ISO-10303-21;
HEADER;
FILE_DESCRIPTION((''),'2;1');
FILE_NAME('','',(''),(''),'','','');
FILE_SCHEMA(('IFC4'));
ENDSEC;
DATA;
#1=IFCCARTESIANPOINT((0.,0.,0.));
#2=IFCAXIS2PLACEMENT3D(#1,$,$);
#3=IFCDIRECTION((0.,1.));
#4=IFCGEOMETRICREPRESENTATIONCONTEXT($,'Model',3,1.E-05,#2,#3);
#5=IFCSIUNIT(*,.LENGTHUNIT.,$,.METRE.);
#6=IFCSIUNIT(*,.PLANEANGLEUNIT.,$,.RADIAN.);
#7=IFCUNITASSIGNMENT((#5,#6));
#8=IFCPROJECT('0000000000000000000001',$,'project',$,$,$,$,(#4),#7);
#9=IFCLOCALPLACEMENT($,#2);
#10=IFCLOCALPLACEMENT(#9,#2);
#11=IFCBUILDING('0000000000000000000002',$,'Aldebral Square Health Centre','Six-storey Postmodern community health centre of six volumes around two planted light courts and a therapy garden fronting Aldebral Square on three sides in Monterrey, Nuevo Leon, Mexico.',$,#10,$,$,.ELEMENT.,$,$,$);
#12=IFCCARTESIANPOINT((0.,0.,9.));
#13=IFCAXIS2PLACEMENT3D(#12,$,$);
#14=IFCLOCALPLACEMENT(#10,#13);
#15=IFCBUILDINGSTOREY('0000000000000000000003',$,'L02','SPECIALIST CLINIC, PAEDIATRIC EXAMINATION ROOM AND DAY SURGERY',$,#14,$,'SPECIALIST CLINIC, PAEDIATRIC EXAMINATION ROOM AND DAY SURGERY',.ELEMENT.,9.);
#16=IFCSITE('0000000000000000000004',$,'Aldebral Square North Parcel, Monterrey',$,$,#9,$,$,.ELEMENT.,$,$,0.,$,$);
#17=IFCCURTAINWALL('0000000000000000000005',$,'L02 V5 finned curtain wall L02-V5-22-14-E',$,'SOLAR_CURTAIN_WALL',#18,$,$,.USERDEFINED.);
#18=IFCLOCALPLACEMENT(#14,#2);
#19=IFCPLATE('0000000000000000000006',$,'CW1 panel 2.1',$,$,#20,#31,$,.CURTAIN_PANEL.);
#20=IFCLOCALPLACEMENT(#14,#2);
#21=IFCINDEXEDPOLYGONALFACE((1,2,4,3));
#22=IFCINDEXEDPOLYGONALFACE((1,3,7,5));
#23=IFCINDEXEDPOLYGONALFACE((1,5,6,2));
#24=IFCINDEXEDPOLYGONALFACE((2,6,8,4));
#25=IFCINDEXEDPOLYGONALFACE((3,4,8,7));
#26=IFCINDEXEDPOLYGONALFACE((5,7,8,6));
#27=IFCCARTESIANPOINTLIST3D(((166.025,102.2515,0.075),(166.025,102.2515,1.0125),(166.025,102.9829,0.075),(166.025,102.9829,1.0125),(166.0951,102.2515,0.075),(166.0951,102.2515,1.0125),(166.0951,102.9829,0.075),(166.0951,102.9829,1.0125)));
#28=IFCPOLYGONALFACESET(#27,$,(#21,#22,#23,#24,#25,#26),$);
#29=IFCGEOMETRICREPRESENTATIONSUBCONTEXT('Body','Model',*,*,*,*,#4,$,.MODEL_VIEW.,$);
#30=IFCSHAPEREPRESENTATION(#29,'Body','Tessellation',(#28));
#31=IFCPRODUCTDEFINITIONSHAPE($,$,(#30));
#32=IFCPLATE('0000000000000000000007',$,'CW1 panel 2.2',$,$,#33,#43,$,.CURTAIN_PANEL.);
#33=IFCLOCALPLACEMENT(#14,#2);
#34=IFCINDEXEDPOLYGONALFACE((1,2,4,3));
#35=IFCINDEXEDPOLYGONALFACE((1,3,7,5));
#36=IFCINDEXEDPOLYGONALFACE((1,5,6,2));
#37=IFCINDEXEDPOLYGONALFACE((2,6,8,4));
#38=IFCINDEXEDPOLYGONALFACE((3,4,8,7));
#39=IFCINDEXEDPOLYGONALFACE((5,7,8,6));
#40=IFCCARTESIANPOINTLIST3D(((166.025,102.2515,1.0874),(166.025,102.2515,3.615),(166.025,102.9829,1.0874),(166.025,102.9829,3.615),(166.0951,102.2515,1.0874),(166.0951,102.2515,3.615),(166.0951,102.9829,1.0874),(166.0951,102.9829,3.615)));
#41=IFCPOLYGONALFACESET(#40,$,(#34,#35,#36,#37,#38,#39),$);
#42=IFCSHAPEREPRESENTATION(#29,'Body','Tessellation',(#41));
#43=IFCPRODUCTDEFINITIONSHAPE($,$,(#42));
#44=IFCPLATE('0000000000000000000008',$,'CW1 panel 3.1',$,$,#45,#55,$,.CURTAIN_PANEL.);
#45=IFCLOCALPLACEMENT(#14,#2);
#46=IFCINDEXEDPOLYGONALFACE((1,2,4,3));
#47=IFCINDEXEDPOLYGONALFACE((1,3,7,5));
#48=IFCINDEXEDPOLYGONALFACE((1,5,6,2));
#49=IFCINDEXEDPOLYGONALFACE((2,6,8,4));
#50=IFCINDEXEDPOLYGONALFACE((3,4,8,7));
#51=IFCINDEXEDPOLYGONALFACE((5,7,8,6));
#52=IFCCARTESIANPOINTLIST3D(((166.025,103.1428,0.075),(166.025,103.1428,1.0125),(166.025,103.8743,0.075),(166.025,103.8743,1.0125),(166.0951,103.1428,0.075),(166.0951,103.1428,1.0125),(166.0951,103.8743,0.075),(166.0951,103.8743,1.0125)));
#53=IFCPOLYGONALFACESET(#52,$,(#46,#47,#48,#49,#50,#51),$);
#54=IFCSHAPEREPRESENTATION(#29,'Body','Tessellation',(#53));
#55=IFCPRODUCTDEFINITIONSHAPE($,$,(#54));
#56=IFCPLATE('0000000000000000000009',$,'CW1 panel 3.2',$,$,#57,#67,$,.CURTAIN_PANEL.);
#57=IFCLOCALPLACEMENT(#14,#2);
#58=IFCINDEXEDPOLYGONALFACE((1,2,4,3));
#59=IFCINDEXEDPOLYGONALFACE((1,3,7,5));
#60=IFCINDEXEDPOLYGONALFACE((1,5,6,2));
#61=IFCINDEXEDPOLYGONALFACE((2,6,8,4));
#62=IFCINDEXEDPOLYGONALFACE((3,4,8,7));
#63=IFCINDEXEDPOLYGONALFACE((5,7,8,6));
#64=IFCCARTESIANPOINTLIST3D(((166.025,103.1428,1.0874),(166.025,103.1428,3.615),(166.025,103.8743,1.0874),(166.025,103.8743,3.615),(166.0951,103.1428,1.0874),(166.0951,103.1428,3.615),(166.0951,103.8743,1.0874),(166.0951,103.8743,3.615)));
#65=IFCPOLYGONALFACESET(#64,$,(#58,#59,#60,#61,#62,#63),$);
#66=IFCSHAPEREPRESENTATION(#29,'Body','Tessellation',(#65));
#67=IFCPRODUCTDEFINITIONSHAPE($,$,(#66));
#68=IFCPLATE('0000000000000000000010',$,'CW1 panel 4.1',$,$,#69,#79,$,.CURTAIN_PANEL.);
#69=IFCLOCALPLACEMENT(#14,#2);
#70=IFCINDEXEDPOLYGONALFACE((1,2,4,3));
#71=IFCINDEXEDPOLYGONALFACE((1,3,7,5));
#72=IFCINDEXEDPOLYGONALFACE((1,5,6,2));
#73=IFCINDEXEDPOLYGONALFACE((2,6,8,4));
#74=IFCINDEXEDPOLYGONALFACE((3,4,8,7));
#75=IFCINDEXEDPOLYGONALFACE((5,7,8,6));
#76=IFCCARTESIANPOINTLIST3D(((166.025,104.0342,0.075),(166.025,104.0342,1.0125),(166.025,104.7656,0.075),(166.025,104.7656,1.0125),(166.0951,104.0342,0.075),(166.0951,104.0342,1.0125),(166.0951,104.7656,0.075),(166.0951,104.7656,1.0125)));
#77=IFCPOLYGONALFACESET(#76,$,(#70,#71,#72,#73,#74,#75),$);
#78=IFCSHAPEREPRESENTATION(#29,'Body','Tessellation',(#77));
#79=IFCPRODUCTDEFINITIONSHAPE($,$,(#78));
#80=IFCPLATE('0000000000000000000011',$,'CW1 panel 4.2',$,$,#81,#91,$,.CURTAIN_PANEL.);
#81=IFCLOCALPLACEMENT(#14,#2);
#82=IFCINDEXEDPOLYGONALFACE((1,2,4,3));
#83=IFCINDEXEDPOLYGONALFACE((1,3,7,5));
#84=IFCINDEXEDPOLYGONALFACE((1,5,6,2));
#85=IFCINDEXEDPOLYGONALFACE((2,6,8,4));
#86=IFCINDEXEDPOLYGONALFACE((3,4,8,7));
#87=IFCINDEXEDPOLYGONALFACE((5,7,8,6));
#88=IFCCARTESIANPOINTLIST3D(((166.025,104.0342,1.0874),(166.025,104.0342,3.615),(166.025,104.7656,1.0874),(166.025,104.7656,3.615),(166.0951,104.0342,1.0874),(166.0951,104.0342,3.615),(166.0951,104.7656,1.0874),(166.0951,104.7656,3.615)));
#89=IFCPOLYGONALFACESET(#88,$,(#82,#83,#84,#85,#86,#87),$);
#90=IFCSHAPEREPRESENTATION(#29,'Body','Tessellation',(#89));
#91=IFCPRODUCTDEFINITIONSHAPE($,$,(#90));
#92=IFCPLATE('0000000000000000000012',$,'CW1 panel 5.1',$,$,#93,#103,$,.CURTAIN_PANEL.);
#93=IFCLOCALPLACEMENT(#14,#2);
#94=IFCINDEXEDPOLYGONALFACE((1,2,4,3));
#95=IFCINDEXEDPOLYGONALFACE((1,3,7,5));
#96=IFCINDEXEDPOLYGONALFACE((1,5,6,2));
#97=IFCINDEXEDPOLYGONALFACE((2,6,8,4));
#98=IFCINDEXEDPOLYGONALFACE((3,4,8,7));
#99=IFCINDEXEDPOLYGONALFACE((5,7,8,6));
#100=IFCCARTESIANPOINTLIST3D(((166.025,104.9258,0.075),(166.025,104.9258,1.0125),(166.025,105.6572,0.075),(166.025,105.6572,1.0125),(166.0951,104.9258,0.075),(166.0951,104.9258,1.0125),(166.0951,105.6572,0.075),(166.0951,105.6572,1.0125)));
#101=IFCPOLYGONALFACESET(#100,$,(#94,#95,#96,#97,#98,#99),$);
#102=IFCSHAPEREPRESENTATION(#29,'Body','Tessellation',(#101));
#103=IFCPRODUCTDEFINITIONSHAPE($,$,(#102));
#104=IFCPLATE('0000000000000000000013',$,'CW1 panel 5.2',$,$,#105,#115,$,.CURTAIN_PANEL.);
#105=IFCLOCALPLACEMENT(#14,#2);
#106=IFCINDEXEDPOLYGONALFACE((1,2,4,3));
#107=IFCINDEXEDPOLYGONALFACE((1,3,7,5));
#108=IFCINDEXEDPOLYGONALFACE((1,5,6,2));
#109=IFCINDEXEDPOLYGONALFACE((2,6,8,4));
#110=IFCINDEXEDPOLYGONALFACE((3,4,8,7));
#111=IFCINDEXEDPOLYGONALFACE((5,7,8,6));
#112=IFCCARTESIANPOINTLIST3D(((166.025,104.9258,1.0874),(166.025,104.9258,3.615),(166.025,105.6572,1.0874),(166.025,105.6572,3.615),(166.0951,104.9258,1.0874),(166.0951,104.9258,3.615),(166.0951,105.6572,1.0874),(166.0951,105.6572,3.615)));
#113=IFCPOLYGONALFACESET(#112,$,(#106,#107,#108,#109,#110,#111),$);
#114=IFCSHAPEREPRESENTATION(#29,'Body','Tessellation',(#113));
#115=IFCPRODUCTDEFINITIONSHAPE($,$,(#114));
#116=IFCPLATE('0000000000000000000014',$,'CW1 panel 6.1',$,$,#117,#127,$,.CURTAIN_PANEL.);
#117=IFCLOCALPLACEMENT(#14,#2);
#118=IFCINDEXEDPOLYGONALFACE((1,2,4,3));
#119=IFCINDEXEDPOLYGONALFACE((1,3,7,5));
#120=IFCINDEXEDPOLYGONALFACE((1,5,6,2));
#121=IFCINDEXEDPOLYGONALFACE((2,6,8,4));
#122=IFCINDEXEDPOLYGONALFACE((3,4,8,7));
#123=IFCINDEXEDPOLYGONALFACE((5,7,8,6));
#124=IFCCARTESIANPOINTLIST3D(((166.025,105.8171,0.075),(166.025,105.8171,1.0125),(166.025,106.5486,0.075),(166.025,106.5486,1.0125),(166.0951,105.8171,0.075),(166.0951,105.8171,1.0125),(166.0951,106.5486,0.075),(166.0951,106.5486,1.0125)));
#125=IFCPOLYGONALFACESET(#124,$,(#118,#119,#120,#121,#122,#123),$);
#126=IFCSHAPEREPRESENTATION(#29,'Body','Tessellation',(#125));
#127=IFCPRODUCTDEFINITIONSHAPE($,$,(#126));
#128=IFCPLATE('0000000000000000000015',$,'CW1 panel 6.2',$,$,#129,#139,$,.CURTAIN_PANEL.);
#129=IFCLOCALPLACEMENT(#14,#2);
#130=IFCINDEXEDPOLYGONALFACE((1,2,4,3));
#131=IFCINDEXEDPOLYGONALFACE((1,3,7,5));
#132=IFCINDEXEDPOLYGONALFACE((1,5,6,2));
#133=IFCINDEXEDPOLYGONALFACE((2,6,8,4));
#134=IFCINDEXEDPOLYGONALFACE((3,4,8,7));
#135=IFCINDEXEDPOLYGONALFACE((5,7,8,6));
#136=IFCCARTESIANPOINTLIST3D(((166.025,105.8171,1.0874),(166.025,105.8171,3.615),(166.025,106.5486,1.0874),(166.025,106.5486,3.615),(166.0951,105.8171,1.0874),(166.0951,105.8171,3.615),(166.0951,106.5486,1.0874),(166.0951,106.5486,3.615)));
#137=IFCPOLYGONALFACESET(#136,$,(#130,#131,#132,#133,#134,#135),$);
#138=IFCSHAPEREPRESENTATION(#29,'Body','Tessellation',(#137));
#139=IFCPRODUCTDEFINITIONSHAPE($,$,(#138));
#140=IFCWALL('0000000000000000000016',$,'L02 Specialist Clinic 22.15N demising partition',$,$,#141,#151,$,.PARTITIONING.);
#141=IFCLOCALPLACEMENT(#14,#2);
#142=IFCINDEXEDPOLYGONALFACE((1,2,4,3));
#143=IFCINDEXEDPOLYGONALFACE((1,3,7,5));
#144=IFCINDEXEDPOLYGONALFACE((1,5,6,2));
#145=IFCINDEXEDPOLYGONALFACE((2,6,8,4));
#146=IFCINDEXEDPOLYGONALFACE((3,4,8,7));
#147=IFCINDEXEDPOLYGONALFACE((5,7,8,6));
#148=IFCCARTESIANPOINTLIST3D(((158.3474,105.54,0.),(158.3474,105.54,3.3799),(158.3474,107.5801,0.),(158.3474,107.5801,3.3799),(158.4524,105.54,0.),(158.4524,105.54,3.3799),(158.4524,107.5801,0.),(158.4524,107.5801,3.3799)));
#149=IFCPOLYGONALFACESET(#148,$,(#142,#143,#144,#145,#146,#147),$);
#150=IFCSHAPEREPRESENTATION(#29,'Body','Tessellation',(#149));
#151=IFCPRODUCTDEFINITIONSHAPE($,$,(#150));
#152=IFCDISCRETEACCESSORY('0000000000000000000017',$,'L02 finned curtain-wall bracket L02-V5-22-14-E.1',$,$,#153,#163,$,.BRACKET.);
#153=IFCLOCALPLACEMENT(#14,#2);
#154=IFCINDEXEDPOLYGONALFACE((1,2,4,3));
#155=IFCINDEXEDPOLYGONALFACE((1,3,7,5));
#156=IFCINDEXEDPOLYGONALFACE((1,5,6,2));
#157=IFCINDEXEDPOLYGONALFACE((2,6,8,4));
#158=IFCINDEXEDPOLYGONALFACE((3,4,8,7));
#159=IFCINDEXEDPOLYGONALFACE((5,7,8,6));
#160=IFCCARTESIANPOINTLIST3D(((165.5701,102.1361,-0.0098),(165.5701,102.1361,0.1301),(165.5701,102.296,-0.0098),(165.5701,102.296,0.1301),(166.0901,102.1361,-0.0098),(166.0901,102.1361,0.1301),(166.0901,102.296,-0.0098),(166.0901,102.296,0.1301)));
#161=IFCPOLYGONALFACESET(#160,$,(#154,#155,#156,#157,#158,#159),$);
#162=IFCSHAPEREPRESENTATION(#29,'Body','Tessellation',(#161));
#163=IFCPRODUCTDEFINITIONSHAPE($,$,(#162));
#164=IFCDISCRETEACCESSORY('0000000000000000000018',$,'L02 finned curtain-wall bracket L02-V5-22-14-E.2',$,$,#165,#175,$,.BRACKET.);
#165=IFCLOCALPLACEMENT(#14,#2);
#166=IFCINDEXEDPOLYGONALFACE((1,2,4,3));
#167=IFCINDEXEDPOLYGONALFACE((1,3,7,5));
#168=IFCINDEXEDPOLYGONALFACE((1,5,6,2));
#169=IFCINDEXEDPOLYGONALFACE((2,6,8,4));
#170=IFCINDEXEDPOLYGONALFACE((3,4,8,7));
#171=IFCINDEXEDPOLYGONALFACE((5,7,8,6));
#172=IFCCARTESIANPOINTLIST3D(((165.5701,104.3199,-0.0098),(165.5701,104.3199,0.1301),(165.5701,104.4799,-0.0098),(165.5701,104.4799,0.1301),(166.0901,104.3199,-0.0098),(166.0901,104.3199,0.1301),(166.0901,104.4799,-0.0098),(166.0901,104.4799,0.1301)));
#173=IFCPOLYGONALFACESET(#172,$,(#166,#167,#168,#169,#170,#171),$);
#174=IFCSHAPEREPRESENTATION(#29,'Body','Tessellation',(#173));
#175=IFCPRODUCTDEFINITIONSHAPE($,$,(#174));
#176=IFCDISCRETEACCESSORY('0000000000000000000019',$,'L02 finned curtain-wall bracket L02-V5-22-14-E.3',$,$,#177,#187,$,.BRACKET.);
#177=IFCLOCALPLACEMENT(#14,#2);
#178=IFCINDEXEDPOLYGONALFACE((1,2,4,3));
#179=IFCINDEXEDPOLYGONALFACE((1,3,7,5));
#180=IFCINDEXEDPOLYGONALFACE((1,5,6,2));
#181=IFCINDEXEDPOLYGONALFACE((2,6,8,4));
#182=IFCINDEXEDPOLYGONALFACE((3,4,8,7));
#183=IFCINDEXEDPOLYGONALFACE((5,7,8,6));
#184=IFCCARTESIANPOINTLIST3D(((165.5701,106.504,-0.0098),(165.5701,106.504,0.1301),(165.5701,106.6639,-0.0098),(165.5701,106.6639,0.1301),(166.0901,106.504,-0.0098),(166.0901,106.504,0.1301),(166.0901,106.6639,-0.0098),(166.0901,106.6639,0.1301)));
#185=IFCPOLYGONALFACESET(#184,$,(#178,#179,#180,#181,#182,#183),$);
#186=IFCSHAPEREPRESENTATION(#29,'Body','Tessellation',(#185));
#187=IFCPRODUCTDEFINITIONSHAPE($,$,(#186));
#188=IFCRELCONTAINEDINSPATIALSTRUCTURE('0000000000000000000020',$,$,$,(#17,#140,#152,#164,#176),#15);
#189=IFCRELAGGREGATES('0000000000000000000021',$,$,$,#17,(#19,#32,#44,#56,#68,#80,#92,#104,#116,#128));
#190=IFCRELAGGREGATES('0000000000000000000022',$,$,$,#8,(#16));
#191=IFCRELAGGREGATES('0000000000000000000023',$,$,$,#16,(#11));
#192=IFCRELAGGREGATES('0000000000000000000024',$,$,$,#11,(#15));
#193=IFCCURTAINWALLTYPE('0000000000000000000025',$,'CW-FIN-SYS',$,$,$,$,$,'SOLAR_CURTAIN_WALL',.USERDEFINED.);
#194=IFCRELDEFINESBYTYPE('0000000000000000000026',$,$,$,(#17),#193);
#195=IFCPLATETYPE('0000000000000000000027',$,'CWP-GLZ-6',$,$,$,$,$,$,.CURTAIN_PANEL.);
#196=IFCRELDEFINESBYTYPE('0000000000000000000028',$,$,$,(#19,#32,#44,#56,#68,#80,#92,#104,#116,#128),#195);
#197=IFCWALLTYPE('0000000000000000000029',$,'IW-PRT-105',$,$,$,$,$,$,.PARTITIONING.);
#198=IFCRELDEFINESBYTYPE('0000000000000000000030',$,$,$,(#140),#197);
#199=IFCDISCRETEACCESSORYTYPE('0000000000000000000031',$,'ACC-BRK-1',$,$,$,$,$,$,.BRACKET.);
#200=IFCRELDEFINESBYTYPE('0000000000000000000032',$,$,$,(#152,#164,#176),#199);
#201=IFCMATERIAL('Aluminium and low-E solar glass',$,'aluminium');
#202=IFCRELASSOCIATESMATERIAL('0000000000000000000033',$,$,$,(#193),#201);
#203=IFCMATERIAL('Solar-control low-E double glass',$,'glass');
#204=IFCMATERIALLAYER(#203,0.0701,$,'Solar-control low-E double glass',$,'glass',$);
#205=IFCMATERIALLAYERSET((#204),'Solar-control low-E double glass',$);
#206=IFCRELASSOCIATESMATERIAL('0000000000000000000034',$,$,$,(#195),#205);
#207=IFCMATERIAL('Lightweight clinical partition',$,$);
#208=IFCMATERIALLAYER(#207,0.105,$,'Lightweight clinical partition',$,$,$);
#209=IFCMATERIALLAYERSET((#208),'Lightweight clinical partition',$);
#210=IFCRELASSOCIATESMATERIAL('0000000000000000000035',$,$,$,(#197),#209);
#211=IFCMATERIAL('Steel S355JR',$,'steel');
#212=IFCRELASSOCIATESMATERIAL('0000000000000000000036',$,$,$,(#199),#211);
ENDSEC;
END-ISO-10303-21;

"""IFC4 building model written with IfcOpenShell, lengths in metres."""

from ifc_helpers import new_model, si_unit, direction, frame, frame_2d, origin, origin_2d, place, context, subcontext, project, spatial, rectangle, extrude, material, layer, layer_set, type_object, element, aggregate, save


model = new_model("IFC4")

# Units and contexts
model_context = context("Model", 3, precision=1e-05, world=origin(), true_north=direction((0.0, 1.0)))
body_context = subcontext(model_context, "Body", "Model", "MODEL_VIEW")
ifc_project = project(units=[si_unit("LENGTHUNIT", "METRE"), si_unit("PLANEANGLEUNIT", "RADIAN")], contexts=[model_context])

# Site, building, storey
site_placement = place(None, origin())
site = spatial("IfcSite", under=ifc_project, at=site_placement, Name="Aldebral Square North Parcel, Monterrey", CompositionType="ELEMENT", RefElevation=0.0)
building_placement = place(site_placement, origin())
building = spatial("IfcBuilding", under=site, at=building_placement, Name="Aldebral Square Health Centre", Description="Six-storey Postmodern community health centre of six volumes around two planted light courts and a therapy garden fronting Aldebral Square on three sides in Monterrey, Nuevo Leon, Mexico.", CompositionType="ELEMENT")
storey_placement = place(building_placement, frame((0.0, 0.0, 9.0)))
storey = spatial("IfcBuildingStorey", under=building, at=storey_placement, Name="L02", Description="SPECIALIST CLINIC, PAEDIATRIC EXAMINATION ROOM AND DAY SURGERY", LongName="SPECIALIST CLINIC, PAEDIATRIC EXAMINATION ROOM AND DAY SURGERY", CompositionType="ELEMENT", Elevation=9.0)

# Curtain wall, plates
ifc_material_1 = material(Name="Aluminium and low-E solar glass", Category="aluminium")
curtain_wall_type = type_object("IfcCurtainWallType", Name="CW-FIN-SYS", ElementType="SOLAR_CURTAIN_WALL", PredefinedType="USERDEFINED", material=ifc_material_1)
curtain_wall_placement = place(storey_placement, origin())
curtain_wall = element("IfcCurtainWall", 1, at=curtain_wall_placement, inside=storey, type_object=curtain_wall_type, Name="L02 V5 finned curtain wall L02-V5-22-14-E", ObjectType="SOLAR_CURTAIN_WALL", PredefinedType="USERDEFINED")
ifc_material_2 = material(Name="Solar-control low-E double glass", Category="glass")
ifc_layer_1 = layer(ifc_material_2, 0.0701, Name="Solar-control low-E double glass", Category="glass")
ifc_layer_set_1 = layer_set([ifc_layer_1], Name="Solar-control low-E double glass")
plate_type = type_object("IfcPlateType", Name="CWP-GLZ-6", PredefinedType="CURTAIN_PANEL", material=ifc_layer_set_1)
plate_1_placement = place(storey_placement, frame((166.0601, 102.6172, 0.075), z_axis=(0.0, 0.0, 1.0), x_axis=(0.0, 1.0, 0.0)))
plate_1 = element("IfcPlate", 2, at=plate_1_placement, type_object=plate_type, Name="CW1 panel 2.1", PredefinedType="CURTAIN_PANEL", context=body_context, shape_type="SweptSolid", body=[
    extrude(rectangle(XDim=0.7314, YDim=0.0701, at=origin_2d()), origin(), (0.0, 0.0, 1.0), 0.9375),
])
plate_2_placement = place(storey_placement, frame((166.0601, 102.6172, 1.0874), z_axis=(0.0, 0.0, 1.0), x_axis=(0.0, 1.0, 0.0)))
plate_2 = element("IfcPlate", 3, at=plate_2_placement, type_object=plate_type, Name="CW1 panel 2.2", PredefinedType="CURTAIN_PANEL", context=body_context, shape_type="SweptSolid", body=[
    extrude(rectangle(XDim=0.7314, YDim=0.0701, at=origin_2d()), origin(), (0.0, 0.0, 1.0), 2.5276),
])
plate_3_placement = place(storey_placement, frame((166.0601, 103.5085, 0.075), z_axis=(0.0, 0.0, 1.0), x_axis=(0.0, 1.0, 0.0)))
plate_3 = element("IfcPlate", 4, at=plate_3_placement, type_object=plate_type, Name="CW1 panel 3.1", PredefinedType="CURTAIN_PANEL", context=body_context, shape_type="SweptSolid", body=[
    extrude(rectangle(XDim=0.7314, YDim=0.0701, at=origin_2d()), origin(), (0.0, 0.0, 1.0), 0.9375),
])
plate_4_placement = place(storey_placement, frame((166.0601, 103.5085, 1.0874), z_axis=(0.0, 0.0, 1.0), x_axis=(0.0, 1.0, 0.0)))
plate_4 = element("IfcPlate", 5, at=plate_4_placement, type_object=plate_type, Name="CW1 panel 3.2", PredefinedType="CURTAIN_PANEL", context=body_context, shape_type="SweptSolid", body=[
    extrude(rectangle(XDim=0.7314, YDim=0.0701, at=origin_2d()), origin(), (0.0, 0.0, 1.0), 2.5276),
])
plate_5_placement = place(storey_placement, frame((166.0601, 104.3999, 0.075), z_axis=(0.0, 0.0, 1.0), x_axis=(0.0, 1.0, 0.0)))
plate_5 = element("IfcPlate", 6, at=plate_5_placement, type_object=plate_type, Name="CW1 panel 4.1", PredefinedType="CURTAIN_PANEL", context=body_context, shape_type="SweptSolid", body=[
    extrude(rectangle(XDim=0.7314, YDim=0.0701, at=origin_2d()), origin(), (0.0, 0.0, 1.0), 0.9375),
])
plate_6_placement = place(storey_placement, frame((166.0601, 104.3999, 1.0874), z_axis=(0.0, 0.0, 1.0), x_axis=(0.0, 1.0, 0.0)))
plate_6 = element("IfcPlate", 7, at=plate_6_placement, type_object=plate_type, Name="CW1 panel 4.2", PredefinedType="CURTAIN_PANEL", context=body_context, shape_type="SweptSolid", body=[
    extrude(rectangle(XDim=0.7314, YDim=0.0701, at=origin_2d()), origin(), (0.0, 0.0, 1.0), 2.5276),
])
plate_7_placement = place(storey_placement, frame((166.0601, 105.2915, 0.075), z_axis=(0.0, 0.0, 1.0), x_axis=(0.0, 1.0, 0.0)))
plate_7 = element("IfcPlate", 8, at=plate_7_placement, type_object=plate_type, Name="CW1 panel 5.1", PredefinedType="CURTAIN_PANEL", context=body_context, shape_type="SweptSolid", body=[
    extrude(rectangle(XDim=0.7314, YDim=0.0701, at=origin_2d()), origin(), (0.0, 0.0, 1.0), 0.9375),
])
plate_8_placement = place(storey_placement, frame((166.0601, 105.2915, 1.0874), z_axis=(0.0, 0.0, 1.0), x_axis=(0.0, 1.0, 0.0)))
plate_8 = element("IfcPlate", 9, at=plate_8_placement, type_object=plate_type, Name="CW1 panel 5.2", PredefinedType="CURTAIN_PANEL", context=body_context, shape_type="SweptSolid", body=[
    extrude(rectangle(XDim=0.7314, YDim=0.0701, at=origin_2d()), origin(), (0.0, 0.0, 1.0), 2.5276),
])
plate_9_placement = place(storey_placement, frame((166.0601, 106.1829, 0.075), z_axis=(0.0, 0.0, 1.0), x_axis=(0.0, 1.0, 0.0)))
plate_9 = element("IfcPlate", 10, at=plate_9_placement, type_object=plate_type, Name="CW1 panel 6.1", PredefinedType="CURTAIN_PANEL", context=body_context, shape_type="SweptSolid", body=[
    extrude(rectangle(XDim=0.7314, YDim=0.0701, at=origin_2d()), origin(), (0.0, 0.0, 1.0), 0.9375),
])
plate_10_placement = place(storey_placement, frame((166.0601, 106.1829, 1.0874), z_axis=(0.0, 0.0, 1.0), x_axis=(0.0, 1.0, 0.0)))
plate_10 = element("IfcPlate", 11, at=plate_10_placement, type_object=plate_type, Name="CW1 panel 6.2", PredefinedType="CURTAIN_PANEL", context=body_context, shape_type="SweptSolid", body=[
    extrude(rectangle(XDim=0.7314, YDim=0.0701, at=origin_2d()), origin(), (0.0, 0.0, 1.0), 2.5276),
])
aggregate(curtain_wall, [plate_1, plate_2, plate_3, plate_4, plate_5, plate_6, plate_7, plate_8, plate_9, plate_10])

# Wall
ifc_material_3 = material(Name="Lightweight clinical partition")
ifc_layer_2 = layer(ifc_material_3, 0.105, Name="Lightweight clinical partition")
ifc_layer_set_2 = layer_set([ifc_layer_2], Name="Lightweight clinical partition")
wall_type = type_object("IfcWallType", Name="IW-PRT-105", PredefinedType="PARTITIONING", material=ifc_layer_set_2)
wall_placement = place(storey_placement, frame((158.3999, 105.54, 0.0), z_axis=(0.0, 0.0, 1.0), x_axis=(0.0, 1.0, 0.0)))
element("IfcWall", 12, at=wall_placement, inside=storey, type_object=wall_type, Name="L02 Specialist Clinic 22.15N demising partition", PredefinedType="PARTITIONING", context=body_context, shape_type="SweptSolid", body=[
    extrude(rectangle(XDim=2.04, YDim=0.105, at=frame_2d((1.02, 0.0))), origin(), (0.0, 0.0, 1.0), 3.3799),
])

# Discrete accessories
ifc_material_4 = material(Name="Steel S355JR", Category="steel")
discrete_accessory_type = type_object("IfcDiscreteAccessoryType", Name="ACC-BRK-1", PredefinedType="BRACKET", material=ifc_material_4)
for number, where, z_axis, x_axis, name in (
    (13, (165.8301, 102.2161, -0.0098), (0.0, 0.0, 1.0), (0.0, 1.0, 0.0), "L02 finned curtain-wall bracket L02-V5-22-14-E.1"),
    (14, (165.8301, 104.3999, -0.0098), (0.0, 0.0, 1.0), (0.0, 1.0, 0.0), "L02 finned curtain-wall bracket L02-V5-22-14-E.2"),
    (15, (165.8301, 106.584, -0.0098), (0.0, 0.0, 1.0), (0.0, 1.0, 0.0), "L02 finned curtain-wall bracket L02-V5-22-14-E.3"),
):
    element("IfcDiscreteAccessory", number, at=place(storey_placement, frame(where, z_axis=z_axis, x_axis=x_axis)), inside=storey, type_object=discrete_accessory_type, Name=name, PredefinedType="BRACKET", context=body_context, shape_type="SweptSolid", body=[
        extrude(rectangle(XDim=0.1599, YDim=0.52, at=origin_2d()), origin(), (0.0, 0.0, 1.0), 0.1399),
    ])

save(model, "model.ifc")
